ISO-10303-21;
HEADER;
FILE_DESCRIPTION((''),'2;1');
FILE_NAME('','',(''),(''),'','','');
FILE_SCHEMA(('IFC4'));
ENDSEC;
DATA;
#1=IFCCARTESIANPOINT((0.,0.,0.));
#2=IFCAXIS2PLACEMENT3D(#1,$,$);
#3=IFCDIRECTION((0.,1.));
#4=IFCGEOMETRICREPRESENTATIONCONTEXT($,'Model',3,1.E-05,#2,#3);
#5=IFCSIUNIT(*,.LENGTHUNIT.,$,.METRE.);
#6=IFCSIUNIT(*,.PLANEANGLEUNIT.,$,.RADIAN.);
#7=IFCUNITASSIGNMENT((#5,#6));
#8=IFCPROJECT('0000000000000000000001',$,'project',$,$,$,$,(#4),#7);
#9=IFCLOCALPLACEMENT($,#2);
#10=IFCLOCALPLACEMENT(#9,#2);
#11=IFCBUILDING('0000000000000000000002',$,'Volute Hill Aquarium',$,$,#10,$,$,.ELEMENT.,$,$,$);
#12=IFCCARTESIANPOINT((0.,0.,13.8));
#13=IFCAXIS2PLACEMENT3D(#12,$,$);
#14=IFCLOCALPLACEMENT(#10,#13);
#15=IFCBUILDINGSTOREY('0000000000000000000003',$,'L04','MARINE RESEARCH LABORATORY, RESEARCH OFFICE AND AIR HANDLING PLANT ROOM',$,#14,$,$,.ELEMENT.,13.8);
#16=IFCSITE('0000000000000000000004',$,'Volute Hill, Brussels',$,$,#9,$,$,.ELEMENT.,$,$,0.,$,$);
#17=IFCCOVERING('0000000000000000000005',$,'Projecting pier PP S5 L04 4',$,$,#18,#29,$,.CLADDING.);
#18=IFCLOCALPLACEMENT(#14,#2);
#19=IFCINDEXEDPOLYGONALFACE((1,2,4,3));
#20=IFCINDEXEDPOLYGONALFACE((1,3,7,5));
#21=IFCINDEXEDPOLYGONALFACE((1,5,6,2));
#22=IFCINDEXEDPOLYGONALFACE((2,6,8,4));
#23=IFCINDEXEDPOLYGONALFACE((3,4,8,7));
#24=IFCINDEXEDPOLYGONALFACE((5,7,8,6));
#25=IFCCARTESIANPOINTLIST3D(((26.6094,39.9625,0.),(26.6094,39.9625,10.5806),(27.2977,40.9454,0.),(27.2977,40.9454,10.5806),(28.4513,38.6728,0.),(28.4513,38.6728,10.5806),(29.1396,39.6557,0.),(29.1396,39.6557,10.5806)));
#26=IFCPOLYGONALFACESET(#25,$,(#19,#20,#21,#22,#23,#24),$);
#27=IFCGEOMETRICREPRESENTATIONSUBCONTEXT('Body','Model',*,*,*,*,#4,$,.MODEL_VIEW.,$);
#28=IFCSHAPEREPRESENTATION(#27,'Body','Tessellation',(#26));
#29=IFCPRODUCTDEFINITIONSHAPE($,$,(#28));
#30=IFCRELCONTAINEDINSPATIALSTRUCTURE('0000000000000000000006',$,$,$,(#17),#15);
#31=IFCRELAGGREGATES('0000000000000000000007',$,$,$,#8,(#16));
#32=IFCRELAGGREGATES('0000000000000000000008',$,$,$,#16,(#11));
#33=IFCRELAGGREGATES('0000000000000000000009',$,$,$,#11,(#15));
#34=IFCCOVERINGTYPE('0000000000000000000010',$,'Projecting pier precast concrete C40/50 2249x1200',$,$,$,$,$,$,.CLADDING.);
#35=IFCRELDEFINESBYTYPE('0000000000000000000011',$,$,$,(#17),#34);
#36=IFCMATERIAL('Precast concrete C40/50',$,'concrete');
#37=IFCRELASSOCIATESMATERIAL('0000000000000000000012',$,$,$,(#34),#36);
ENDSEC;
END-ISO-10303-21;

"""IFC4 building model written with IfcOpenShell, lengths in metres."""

from ifc_helpers import new_model, si_unit, direction, frame, origin, origin_2d, place, context, subcontext, project, spatial, rectangle, extrude, material, type_object, element, save


model = new_model("IFC4")

# Units and contexts
model_context = context("Model", 3, precision=1e-05, world=origin(), true_north=direction((0.0, 1.0)))
body_context = subcontext(model_context, "Body", "Model", "MODEL_VIEW")
ifc_project = project(units=[si_unit("LENGTHUNIT", "METRE"), si_unit("PLANEANGLEUNIT", "RADIAN")], contexts=[model_context])

# Site, building, storey
site_placement = place(None, origin())
site = spatial("IfcSite", under=ifc_project, at=site_placement, Name="Volute Hill, Brussels", CompositionType="ELEMENT", RefElevation=0.0)
building_placement = place(site_placement, origin())
building = spatial("IfcBuilding", under=site, at=building_placement, Name="Volute Hill Aquarium", CompositionType="ELEMENT")
storey_placement = place(building_placement, frame((0.0, 0.0, 13.8)))
storey = spatial("IfcBuildingStorey", under=building, at=storey_placement, Name="L04", Description="MARINE RESEARCH LABORATORY, RESEARCH OFFICE AND AIR HANDLING PLANT ROOM", CompositionType="ELEMENT", Elevation=13.8)

# Covering
ifc_material_1 = material(Name="Precast concrete C40/50", Category="concrete")
covering_type_1 = type_object("IfcCoveringType", Name="Projecting pier precast concrete C40/50 2249x1200", PredefinedType="CLADDING", material=ifc_material_1)
for number, where, z_axis, x_axis, name in (
    (1, (27.8745, 39.8091, 0.0), (0.0, 0.0, 1.0), (-0.819152, 0.573576, 0.0), "Projecting pier PP S5 L04 4"),
):
    element("IfcCovering", number, at=place(storey_placement, frame(where, z_axis=z_axis, x_axis=x_axis)), inside=storey, type_object=covering_type_1, Name=name, PredefinedType="CLADDING", context=body_context, shape_type="SweptSolid", body=[
        extrude(rectangle(XDim=2.2485, YDim=1.2, at=origin_2d()), origin(), (0.0, 0.0, 1.0), 10.5806),
    ])

save(model, "model.ifc")
